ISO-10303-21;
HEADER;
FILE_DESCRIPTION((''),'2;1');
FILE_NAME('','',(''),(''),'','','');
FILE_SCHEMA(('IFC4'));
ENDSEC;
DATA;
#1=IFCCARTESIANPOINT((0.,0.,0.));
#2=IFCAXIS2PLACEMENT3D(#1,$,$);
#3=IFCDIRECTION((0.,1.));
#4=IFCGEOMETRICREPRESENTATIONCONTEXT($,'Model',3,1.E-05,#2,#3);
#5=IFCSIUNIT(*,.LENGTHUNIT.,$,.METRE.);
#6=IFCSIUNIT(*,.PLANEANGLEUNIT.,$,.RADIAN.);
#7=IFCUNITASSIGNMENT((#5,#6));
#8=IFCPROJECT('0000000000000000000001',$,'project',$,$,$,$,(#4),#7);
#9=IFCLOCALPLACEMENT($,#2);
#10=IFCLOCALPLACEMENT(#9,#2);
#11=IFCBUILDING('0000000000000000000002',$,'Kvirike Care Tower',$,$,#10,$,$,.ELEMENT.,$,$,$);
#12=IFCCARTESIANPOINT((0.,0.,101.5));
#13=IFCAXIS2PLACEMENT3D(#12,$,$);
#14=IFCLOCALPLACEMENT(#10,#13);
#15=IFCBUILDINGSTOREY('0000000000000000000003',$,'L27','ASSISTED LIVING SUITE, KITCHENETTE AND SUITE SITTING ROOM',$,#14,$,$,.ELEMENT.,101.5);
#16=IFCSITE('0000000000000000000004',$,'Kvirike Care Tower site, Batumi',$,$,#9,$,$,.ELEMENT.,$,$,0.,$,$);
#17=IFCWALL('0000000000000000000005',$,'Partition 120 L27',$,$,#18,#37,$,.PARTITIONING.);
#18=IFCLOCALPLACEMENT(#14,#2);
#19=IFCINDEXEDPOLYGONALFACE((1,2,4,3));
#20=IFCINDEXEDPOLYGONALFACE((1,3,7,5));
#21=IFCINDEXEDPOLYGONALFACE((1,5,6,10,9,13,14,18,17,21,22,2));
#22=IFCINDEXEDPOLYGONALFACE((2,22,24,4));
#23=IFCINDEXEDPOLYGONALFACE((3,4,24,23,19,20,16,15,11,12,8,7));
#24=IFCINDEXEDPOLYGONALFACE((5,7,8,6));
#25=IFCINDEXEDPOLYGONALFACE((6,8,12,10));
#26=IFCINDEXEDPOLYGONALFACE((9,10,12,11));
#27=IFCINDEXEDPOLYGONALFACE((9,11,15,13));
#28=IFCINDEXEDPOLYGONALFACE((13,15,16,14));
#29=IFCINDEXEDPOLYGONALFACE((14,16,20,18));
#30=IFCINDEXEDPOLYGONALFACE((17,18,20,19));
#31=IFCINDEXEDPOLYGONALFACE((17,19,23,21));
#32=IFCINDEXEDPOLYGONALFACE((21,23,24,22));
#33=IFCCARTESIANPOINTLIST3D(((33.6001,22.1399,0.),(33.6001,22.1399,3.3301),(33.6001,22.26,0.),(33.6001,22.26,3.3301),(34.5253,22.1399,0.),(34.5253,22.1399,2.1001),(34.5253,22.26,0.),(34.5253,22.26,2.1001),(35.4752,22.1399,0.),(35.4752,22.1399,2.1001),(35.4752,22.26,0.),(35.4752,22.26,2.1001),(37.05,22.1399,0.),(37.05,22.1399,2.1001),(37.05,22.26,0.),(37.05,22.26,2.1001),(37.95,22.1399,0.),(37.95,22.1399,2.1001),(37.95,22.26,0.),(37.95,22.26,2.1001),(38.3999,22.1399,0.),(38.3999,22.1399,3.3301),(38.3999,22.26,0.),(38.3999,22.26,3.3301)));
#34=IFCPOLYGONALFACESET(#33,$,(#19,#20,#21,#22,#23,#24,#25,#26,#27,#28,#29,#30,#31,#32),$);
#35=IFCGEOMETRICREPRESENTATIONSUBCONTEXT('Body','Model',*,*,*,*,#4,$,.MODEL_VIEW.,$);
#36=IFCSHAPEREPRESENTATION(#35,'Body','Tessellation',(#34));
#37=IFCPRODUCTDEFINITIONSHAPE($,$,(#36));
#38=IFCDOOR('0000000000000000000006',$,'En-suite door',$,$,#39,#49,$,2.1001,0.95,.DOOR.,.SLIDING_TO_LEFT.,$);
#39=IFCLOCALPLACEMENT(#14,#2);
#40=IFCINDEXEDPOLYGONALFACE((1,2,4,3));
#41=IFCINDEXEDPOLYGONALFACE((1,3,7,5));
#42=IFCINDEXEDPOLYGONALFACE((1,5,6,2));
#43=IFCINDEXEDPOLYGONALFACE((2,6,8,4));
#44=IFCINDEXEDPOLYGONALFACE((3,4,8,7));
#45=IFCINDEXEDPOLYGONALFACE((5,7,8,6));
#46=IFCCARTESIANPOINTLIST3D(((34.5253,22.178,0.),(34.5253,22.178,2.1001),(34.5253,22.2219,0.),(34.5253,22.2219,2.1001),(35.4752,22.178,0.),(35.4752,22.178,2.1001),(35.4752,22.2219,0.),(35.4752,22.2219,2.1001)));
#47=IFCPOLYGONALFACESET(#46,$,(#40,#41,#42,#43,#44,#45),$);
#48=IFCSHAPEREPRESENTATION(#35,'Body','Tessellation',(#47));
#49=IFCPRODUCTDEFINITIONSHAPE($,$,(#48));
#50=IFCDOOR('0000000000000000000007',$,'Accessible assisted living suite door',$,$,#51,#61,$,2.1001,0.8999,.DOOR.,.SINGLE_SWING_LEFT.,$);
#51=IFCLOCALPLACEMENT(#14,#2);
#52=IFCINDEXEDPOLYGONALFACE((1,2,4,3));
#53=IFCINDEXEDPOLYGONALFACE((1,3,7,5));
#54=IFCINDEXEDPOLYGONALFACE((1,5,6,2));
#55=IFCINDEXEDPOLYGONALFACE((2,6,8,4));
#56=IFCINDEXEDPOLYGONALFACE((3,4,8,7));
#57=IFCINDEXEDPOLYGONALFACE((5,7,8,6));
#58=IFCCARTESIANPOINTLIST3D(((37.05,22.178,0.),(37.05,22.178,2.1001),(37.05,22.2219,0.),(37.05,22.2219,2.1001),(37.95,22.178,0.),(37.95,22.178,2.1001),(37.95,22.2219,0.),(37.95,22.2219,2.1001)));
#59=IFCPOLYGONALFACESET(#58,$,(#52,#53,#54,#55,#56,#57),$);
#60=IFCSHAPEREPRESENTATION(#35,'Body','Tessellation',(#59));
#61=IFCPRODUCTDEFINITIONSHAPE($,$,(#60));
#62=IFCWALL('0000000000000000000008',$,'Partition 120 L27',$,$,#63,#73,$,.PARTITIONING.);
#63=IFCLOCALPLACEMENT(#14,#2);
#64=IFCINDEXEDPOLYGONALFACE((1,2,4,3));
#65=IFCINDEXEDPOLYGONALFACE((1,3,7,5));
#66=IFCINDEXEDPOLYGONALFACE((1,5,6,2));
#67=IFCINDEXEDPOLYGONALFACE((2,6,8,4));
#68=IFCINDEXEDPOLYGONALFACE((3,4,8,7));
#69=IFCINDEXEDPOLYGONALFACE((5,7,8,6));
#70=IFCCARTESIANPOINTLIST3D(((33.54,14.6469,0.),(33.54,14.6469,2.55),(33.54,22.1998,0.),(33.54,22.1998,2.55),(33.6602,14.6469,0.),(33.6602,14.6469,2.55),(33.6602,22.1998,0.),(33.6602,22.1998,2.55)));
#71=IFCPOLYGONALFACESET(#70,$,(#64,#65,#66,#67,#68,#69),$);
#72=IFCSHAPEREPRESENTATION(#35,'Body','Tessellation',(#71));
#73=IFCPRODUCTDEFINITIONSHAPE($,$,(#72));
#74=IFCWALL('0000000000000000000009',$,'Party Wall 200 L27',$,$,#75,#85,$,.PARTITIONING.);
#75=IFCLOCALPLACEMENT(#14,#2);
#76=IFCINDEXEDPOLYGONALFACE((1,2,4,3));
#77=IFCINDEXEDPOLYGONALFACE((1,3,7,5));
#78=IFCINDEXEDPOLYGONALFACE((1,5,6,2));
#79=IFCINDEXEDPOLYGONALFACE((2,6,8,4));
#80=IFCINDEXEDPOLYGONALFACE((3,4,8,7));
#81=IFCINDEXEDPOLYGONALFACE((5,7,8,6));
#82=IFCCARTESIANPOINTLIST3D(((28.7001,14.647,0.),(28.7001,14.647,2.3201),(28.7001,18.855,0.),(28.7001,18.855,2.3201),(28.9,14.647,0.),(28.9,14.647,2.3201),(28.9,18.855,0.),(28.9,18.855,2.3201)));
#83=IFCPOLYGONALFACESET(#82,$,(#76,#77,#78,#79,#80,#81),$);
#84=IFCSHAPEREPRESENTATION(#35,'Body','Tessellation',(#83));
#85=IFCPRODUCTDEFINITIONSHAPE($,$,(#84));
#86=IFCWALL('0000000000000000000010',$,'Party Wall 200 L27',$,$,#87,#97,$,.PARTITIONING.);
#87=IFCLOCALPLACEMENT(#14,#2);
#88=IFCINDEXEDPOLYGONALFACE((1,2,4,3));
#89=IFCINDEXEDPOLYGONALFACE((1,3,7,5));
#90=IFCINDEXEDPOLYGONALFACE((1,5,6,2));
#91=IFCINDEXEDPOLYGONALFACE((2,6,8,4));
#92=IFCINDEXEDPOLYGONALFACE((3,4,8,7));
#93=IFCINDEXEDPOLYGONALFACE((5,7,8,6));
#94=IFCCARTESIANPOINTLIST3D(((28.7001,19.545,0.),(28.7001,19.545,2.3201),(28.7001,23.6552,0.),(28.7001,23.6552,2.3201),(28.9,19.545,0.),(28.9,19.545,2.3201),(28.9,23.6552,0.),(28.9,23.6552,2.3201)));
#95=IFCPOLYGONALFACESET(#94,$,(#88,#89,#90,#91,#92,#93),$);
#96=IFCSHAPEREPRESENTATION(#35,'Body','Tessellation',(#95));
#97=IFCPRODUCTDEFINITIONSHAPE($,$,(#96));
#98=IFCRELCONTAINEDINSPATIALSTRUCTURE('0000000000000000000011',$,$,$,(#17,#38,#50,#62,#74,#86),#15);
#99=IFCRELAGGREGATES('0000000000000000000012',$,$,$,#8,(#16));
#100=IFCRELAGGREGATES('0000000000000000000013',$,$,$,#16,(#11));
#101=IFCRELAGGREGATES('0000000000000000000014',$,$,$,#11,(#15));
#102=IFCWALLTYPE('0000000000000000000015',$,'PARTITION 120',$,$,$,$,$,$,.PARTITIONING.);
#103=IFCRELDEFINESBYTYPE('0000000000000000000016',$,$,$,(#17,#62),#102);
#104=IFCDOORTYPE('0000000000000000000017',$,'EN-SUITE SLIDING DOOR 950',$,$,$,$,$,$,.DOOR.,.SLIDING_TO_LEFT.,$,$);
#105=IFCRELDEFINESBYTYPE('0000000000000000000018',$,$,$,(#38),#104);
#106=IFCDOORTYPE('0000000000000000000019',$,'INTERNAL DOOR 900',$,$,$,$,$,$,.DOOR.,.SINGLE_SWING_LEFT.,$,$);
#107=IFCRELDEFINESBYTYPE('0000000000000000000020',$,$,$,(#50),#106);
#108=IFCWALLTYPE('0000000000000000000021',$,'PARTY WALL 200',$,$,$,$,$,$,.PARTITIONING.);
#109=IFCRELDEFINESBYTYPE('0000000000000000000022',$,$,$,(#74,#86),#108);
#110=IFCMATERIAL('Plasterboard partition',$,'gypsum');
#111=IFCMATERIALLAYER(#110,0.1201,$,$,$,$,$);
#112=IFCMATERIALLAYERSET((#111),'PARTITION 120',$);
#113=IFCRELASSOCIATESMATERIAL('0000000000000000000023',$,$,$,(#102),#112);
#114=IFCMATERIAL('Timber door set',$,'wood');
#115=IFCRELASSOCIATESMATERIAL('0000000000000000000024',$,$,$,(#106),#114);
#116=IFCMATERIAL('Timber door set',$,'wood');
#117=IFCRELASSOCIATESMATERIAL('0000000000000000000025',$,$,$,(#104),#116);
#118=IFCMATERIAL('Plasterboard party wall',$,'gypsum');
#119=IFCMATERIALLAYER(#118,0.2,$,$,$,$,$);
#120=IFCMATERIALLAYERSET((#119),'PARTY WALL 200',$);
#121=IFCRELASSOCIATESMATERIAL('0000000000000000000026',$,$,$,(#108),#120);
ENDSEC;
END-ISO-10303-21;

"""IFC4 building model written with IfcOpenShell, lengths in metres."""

from ifc_helpers import new_model, si_unit, direction, frame, frame_2d, origin, place, context, subcontext, project, spatial, rectangle, extrude, material, layer, layer_set, type_object, element, fill, save


model = new_model("IFC4")

# Units and contexts
model_context = context("Model", 3, precision=1e-05, world=origin(), true_north=direction((0.0, 1.0)))
body_context = subcontext(model_context, "Body", "Model", "MODEL_VIEW")
ifc_project = project(units=[si_unit("LENGTHUNIT", "METRE"), si_unit("PLANEANGLEUNIT", "RADIAN")], contexts=[model_context])

# Site, building, storey
site_placement = place(None, origin())
site = spatial("IfcSite", under=ifc_project, at=site_placement, Name="Kvirike Care Tower site, Batumi", CompositionType="ELEMENT", RefElevation=0.0)
building_placement = place(site_placement, origin())
building = spatial("IfcBuilding", under=site, at=building_placement, Name="Kvirike Care Tower", CompositionType="ELEMENT")
storey_placement = place(building_placement, frame((0.0, 0.0, 101.5)))
storey = spatial("IfcBuildingStorey", under=building, at=storey_placement, Name="L27", Description="ASSISTED LIVING SUITE, KITCHENETTE AND SUITE SITTING ROOM", CompositionType="ELEMENT", Elevation=101.5)

# Shared definitions
ifc_material_1 = material(Name="Plasterboard partition", Category="gypsum")
ifc_layer_1 = layer(ifc_material_1, 0.1201)
ifc_layer_set_1 = layer_set([ifc_layer_1], Name="PARTITION 120")
wall_type_1 = type_object("IfcWallType", Name="PARTITION 120", PredefinedType="PARTITIONING", material=ifc_layer_set_1)
ifc_material_2 = material(Name="Timber door set", Category="wood")
door_type_1 = type_object("IfcDoorType", Name="INTERNAL DOOR 900", OperationType="SINGLE_SWING_LEFT", PredefinedType="DOOR", material=ifc_material_2)

# Wall, openings, doors
wall_1_placement = place(storey_placement, frame((33.6001, 22.2, 0.0), z_axis=(0.0, 0.0, 1.0), x_axis=(1.0, 0.0, 0.0)))
wall_1 = element("IfcWall", 1, at=wall_1_placement, inside=storey, type_object=wall_type_1, Name="Partition 120 L27", PredefinedType="PARTITIONING", context=body_context, shape_type="SweptSolid", body=[
    extrude(rectangle(XDim=4.7998, YDim=0.1201, at=frame_2d((2.3999, 0.0))), origin(), (0.0, 0.0, 1.0), 3.3301),
])
opening_1_placement = place(wall_1_placement, frame((3.45, 0.0, 0.0)))
opening_1 = element("IfcOpeningElement", 2, at=opening_1_placement, cuts=wall_1, PredefinedType="OPENING", context=body_context, shape_type="SweptSolid", body=[
    extrude(rectangle(XDim=0.8999, YDim=2.1001, at=frame_2d((0.45, 1.05))), frame((0.0, 0.0706, 0.0), z_axis=(0.0, -1.0, 0.0), x_axis=(1.0, 0.0, 0.0)), (0.0, 0.0, 1.0), 0.1411),
])
opening_2_placement = place(wall_1_placement, frame((0.925, 0.0, 0.0)))
opening_2 = element("IfcOpeningElement", 3, at=opening_2_placement, cuts=wall_1, PredefinedType="OPENING", context=body_context, shape_type="SweptSolid", body=[
    extrude(rectangle(XDim=0.95, YDim=2.1001, at=frame_2d((0.4751, 1.05))), frame((0.0, 0.0706, 0.0), z_axis=(0.0, -1.0, 0.0), x_axis=(1.0, 0.0, 0.0)), (0.0, 0.0, 1.0), 0.1411),
])
ifc_material_3 = material(Name="Timber door set", Category="wood")
door_type_2 = type_object("IfcDoorType", Name="EN-SUITE SLIDING DOOR 950", OperationType="SLIDING_TO_LEFT", PredefinedType="DOOR", material=ifc_material_3)
door_1_placement = place(opening_2_placement, origin())
door_1 = element("IfcDoor", 4, at=door_1_placement, inside=storey, type_object=door_type_2, Name="En-suite door", OperationType="SLIDING_TO_LEFT", OverallHeight=2.1001, OverallWidth=0.95, PredefinedType="DOOR", context=body_context, shape_type="SweptSolid", body=[
    extrude(rectangle(XDim=0.95, YDim=2.1001, at=frame_2d((0.4751, 1.05))), frame((0.0, 0.022, 0.0), z_axis=(0.0, -1.0, 0.0), x_axis=(1.0, 0.0, 0.0)), (0.0, 0.0, 1.0), 0.0439),
])
fill(opening_2, door_1)
door_2_placement = place(opening_1_placement, origin())
door_2 = element("IfcDoor", 5, at=door_2_placement, inside=storey, type_object=door_type_1, Name="Accessible assisted living suite door", OperationType="SINGLE_SWING_LEFT", OverallHeight=2.1001, OverallWidth=0.8999, PredefinedType="DOOR", context=body_context, shape_type="SweptSolid", body=[
    extrude(rectangle(XDim=0.8999, YDim=2.1001, at=frame_2d((0.45, 1.05))), frame((0.0, 0.022, 0.0), z_axis=(0.0, -1.0, 0.0), x_axis=(1.0, 0.0, 0.0)), (0.0, 0.0, 1.0), 0.0439),
])
fill(opening_1, door_2)

# Walls
wall_2_placement = place(storey_placement, frame((33.6001, 14.647, 0.0), z_axis=(0.0, 0.0, 1.0), x_axis=(0.0, 1.0, 0.0)))
element("IfcWall", 6, at=wall_2_placement, inside=storey, type_object=wall_type_1, Name="Partition 120 L27", PredefinedType="PARTITIONING", context=body_context, shape_type="SweptSolid", body=[
    extrude(rectangle(XDim=7.553, YDim=0.1201, at=frame_2d((3.7764, 0.0))), origin(), (0.0, 0.0, 1.0), 2.55),
])
ifc_material_4 = material(Name="Plasterboard party wall", Category="gypsum")
ifc_layer_2 = layer(ifc_material_4, 0.2)
ifc_layer_set_2 = layer_set([ifc_layer_2], Name="PARTY WALL 200")
wall_type_2 = type_object("IfcWallType", Name="PARTY WALL 200", PredefinedType="PARTITIONING", material=ifc_layer_set_2)
wall_3_placement = place(storey_placement, frame((28.8, 14.647, 0.0), z_axis=(0.0, 0.0, 1.0), x_axis=(0.0, 1.0, 0.0)))
element("IfcWall", 7, at=wall_3_placement, inside=storey, type_object=wall_type_2, Name="Party Wall 200 L27", PredefinedType="PARTITIONING", context=body_context, shape_type="SweptSolid", body=[
    extrude(rectangle(XDim=4.208, YDim=0.2, at=frame_2d((2.104, 0.0))), origin(), (0.0, 0.0, 1.0), 2.3201),
])
wall_4_placement = place(storey_placement, frame((28.8, 19.5449, 0.0), z_axis=(0.0, 0.0, 1.0), x_axis=(0.0, 1.0, 0.0)))
element("IfcWall", 8, at=wall_4_placement, inside=storey, type_object=wall_type_2, Name="Party Wall 200 L27", PredefinedType="PARTITIONING", context=body_context, shape_type="SweptSolid", body=[
    extrude(rectangle(XDim=4.1101, YDim=0.2, at=frame_2d((2.0552, 0.0))), origin(), (0.0, 0.0, 1.0), 2.3201),
])

save(model, "model.ifc")
